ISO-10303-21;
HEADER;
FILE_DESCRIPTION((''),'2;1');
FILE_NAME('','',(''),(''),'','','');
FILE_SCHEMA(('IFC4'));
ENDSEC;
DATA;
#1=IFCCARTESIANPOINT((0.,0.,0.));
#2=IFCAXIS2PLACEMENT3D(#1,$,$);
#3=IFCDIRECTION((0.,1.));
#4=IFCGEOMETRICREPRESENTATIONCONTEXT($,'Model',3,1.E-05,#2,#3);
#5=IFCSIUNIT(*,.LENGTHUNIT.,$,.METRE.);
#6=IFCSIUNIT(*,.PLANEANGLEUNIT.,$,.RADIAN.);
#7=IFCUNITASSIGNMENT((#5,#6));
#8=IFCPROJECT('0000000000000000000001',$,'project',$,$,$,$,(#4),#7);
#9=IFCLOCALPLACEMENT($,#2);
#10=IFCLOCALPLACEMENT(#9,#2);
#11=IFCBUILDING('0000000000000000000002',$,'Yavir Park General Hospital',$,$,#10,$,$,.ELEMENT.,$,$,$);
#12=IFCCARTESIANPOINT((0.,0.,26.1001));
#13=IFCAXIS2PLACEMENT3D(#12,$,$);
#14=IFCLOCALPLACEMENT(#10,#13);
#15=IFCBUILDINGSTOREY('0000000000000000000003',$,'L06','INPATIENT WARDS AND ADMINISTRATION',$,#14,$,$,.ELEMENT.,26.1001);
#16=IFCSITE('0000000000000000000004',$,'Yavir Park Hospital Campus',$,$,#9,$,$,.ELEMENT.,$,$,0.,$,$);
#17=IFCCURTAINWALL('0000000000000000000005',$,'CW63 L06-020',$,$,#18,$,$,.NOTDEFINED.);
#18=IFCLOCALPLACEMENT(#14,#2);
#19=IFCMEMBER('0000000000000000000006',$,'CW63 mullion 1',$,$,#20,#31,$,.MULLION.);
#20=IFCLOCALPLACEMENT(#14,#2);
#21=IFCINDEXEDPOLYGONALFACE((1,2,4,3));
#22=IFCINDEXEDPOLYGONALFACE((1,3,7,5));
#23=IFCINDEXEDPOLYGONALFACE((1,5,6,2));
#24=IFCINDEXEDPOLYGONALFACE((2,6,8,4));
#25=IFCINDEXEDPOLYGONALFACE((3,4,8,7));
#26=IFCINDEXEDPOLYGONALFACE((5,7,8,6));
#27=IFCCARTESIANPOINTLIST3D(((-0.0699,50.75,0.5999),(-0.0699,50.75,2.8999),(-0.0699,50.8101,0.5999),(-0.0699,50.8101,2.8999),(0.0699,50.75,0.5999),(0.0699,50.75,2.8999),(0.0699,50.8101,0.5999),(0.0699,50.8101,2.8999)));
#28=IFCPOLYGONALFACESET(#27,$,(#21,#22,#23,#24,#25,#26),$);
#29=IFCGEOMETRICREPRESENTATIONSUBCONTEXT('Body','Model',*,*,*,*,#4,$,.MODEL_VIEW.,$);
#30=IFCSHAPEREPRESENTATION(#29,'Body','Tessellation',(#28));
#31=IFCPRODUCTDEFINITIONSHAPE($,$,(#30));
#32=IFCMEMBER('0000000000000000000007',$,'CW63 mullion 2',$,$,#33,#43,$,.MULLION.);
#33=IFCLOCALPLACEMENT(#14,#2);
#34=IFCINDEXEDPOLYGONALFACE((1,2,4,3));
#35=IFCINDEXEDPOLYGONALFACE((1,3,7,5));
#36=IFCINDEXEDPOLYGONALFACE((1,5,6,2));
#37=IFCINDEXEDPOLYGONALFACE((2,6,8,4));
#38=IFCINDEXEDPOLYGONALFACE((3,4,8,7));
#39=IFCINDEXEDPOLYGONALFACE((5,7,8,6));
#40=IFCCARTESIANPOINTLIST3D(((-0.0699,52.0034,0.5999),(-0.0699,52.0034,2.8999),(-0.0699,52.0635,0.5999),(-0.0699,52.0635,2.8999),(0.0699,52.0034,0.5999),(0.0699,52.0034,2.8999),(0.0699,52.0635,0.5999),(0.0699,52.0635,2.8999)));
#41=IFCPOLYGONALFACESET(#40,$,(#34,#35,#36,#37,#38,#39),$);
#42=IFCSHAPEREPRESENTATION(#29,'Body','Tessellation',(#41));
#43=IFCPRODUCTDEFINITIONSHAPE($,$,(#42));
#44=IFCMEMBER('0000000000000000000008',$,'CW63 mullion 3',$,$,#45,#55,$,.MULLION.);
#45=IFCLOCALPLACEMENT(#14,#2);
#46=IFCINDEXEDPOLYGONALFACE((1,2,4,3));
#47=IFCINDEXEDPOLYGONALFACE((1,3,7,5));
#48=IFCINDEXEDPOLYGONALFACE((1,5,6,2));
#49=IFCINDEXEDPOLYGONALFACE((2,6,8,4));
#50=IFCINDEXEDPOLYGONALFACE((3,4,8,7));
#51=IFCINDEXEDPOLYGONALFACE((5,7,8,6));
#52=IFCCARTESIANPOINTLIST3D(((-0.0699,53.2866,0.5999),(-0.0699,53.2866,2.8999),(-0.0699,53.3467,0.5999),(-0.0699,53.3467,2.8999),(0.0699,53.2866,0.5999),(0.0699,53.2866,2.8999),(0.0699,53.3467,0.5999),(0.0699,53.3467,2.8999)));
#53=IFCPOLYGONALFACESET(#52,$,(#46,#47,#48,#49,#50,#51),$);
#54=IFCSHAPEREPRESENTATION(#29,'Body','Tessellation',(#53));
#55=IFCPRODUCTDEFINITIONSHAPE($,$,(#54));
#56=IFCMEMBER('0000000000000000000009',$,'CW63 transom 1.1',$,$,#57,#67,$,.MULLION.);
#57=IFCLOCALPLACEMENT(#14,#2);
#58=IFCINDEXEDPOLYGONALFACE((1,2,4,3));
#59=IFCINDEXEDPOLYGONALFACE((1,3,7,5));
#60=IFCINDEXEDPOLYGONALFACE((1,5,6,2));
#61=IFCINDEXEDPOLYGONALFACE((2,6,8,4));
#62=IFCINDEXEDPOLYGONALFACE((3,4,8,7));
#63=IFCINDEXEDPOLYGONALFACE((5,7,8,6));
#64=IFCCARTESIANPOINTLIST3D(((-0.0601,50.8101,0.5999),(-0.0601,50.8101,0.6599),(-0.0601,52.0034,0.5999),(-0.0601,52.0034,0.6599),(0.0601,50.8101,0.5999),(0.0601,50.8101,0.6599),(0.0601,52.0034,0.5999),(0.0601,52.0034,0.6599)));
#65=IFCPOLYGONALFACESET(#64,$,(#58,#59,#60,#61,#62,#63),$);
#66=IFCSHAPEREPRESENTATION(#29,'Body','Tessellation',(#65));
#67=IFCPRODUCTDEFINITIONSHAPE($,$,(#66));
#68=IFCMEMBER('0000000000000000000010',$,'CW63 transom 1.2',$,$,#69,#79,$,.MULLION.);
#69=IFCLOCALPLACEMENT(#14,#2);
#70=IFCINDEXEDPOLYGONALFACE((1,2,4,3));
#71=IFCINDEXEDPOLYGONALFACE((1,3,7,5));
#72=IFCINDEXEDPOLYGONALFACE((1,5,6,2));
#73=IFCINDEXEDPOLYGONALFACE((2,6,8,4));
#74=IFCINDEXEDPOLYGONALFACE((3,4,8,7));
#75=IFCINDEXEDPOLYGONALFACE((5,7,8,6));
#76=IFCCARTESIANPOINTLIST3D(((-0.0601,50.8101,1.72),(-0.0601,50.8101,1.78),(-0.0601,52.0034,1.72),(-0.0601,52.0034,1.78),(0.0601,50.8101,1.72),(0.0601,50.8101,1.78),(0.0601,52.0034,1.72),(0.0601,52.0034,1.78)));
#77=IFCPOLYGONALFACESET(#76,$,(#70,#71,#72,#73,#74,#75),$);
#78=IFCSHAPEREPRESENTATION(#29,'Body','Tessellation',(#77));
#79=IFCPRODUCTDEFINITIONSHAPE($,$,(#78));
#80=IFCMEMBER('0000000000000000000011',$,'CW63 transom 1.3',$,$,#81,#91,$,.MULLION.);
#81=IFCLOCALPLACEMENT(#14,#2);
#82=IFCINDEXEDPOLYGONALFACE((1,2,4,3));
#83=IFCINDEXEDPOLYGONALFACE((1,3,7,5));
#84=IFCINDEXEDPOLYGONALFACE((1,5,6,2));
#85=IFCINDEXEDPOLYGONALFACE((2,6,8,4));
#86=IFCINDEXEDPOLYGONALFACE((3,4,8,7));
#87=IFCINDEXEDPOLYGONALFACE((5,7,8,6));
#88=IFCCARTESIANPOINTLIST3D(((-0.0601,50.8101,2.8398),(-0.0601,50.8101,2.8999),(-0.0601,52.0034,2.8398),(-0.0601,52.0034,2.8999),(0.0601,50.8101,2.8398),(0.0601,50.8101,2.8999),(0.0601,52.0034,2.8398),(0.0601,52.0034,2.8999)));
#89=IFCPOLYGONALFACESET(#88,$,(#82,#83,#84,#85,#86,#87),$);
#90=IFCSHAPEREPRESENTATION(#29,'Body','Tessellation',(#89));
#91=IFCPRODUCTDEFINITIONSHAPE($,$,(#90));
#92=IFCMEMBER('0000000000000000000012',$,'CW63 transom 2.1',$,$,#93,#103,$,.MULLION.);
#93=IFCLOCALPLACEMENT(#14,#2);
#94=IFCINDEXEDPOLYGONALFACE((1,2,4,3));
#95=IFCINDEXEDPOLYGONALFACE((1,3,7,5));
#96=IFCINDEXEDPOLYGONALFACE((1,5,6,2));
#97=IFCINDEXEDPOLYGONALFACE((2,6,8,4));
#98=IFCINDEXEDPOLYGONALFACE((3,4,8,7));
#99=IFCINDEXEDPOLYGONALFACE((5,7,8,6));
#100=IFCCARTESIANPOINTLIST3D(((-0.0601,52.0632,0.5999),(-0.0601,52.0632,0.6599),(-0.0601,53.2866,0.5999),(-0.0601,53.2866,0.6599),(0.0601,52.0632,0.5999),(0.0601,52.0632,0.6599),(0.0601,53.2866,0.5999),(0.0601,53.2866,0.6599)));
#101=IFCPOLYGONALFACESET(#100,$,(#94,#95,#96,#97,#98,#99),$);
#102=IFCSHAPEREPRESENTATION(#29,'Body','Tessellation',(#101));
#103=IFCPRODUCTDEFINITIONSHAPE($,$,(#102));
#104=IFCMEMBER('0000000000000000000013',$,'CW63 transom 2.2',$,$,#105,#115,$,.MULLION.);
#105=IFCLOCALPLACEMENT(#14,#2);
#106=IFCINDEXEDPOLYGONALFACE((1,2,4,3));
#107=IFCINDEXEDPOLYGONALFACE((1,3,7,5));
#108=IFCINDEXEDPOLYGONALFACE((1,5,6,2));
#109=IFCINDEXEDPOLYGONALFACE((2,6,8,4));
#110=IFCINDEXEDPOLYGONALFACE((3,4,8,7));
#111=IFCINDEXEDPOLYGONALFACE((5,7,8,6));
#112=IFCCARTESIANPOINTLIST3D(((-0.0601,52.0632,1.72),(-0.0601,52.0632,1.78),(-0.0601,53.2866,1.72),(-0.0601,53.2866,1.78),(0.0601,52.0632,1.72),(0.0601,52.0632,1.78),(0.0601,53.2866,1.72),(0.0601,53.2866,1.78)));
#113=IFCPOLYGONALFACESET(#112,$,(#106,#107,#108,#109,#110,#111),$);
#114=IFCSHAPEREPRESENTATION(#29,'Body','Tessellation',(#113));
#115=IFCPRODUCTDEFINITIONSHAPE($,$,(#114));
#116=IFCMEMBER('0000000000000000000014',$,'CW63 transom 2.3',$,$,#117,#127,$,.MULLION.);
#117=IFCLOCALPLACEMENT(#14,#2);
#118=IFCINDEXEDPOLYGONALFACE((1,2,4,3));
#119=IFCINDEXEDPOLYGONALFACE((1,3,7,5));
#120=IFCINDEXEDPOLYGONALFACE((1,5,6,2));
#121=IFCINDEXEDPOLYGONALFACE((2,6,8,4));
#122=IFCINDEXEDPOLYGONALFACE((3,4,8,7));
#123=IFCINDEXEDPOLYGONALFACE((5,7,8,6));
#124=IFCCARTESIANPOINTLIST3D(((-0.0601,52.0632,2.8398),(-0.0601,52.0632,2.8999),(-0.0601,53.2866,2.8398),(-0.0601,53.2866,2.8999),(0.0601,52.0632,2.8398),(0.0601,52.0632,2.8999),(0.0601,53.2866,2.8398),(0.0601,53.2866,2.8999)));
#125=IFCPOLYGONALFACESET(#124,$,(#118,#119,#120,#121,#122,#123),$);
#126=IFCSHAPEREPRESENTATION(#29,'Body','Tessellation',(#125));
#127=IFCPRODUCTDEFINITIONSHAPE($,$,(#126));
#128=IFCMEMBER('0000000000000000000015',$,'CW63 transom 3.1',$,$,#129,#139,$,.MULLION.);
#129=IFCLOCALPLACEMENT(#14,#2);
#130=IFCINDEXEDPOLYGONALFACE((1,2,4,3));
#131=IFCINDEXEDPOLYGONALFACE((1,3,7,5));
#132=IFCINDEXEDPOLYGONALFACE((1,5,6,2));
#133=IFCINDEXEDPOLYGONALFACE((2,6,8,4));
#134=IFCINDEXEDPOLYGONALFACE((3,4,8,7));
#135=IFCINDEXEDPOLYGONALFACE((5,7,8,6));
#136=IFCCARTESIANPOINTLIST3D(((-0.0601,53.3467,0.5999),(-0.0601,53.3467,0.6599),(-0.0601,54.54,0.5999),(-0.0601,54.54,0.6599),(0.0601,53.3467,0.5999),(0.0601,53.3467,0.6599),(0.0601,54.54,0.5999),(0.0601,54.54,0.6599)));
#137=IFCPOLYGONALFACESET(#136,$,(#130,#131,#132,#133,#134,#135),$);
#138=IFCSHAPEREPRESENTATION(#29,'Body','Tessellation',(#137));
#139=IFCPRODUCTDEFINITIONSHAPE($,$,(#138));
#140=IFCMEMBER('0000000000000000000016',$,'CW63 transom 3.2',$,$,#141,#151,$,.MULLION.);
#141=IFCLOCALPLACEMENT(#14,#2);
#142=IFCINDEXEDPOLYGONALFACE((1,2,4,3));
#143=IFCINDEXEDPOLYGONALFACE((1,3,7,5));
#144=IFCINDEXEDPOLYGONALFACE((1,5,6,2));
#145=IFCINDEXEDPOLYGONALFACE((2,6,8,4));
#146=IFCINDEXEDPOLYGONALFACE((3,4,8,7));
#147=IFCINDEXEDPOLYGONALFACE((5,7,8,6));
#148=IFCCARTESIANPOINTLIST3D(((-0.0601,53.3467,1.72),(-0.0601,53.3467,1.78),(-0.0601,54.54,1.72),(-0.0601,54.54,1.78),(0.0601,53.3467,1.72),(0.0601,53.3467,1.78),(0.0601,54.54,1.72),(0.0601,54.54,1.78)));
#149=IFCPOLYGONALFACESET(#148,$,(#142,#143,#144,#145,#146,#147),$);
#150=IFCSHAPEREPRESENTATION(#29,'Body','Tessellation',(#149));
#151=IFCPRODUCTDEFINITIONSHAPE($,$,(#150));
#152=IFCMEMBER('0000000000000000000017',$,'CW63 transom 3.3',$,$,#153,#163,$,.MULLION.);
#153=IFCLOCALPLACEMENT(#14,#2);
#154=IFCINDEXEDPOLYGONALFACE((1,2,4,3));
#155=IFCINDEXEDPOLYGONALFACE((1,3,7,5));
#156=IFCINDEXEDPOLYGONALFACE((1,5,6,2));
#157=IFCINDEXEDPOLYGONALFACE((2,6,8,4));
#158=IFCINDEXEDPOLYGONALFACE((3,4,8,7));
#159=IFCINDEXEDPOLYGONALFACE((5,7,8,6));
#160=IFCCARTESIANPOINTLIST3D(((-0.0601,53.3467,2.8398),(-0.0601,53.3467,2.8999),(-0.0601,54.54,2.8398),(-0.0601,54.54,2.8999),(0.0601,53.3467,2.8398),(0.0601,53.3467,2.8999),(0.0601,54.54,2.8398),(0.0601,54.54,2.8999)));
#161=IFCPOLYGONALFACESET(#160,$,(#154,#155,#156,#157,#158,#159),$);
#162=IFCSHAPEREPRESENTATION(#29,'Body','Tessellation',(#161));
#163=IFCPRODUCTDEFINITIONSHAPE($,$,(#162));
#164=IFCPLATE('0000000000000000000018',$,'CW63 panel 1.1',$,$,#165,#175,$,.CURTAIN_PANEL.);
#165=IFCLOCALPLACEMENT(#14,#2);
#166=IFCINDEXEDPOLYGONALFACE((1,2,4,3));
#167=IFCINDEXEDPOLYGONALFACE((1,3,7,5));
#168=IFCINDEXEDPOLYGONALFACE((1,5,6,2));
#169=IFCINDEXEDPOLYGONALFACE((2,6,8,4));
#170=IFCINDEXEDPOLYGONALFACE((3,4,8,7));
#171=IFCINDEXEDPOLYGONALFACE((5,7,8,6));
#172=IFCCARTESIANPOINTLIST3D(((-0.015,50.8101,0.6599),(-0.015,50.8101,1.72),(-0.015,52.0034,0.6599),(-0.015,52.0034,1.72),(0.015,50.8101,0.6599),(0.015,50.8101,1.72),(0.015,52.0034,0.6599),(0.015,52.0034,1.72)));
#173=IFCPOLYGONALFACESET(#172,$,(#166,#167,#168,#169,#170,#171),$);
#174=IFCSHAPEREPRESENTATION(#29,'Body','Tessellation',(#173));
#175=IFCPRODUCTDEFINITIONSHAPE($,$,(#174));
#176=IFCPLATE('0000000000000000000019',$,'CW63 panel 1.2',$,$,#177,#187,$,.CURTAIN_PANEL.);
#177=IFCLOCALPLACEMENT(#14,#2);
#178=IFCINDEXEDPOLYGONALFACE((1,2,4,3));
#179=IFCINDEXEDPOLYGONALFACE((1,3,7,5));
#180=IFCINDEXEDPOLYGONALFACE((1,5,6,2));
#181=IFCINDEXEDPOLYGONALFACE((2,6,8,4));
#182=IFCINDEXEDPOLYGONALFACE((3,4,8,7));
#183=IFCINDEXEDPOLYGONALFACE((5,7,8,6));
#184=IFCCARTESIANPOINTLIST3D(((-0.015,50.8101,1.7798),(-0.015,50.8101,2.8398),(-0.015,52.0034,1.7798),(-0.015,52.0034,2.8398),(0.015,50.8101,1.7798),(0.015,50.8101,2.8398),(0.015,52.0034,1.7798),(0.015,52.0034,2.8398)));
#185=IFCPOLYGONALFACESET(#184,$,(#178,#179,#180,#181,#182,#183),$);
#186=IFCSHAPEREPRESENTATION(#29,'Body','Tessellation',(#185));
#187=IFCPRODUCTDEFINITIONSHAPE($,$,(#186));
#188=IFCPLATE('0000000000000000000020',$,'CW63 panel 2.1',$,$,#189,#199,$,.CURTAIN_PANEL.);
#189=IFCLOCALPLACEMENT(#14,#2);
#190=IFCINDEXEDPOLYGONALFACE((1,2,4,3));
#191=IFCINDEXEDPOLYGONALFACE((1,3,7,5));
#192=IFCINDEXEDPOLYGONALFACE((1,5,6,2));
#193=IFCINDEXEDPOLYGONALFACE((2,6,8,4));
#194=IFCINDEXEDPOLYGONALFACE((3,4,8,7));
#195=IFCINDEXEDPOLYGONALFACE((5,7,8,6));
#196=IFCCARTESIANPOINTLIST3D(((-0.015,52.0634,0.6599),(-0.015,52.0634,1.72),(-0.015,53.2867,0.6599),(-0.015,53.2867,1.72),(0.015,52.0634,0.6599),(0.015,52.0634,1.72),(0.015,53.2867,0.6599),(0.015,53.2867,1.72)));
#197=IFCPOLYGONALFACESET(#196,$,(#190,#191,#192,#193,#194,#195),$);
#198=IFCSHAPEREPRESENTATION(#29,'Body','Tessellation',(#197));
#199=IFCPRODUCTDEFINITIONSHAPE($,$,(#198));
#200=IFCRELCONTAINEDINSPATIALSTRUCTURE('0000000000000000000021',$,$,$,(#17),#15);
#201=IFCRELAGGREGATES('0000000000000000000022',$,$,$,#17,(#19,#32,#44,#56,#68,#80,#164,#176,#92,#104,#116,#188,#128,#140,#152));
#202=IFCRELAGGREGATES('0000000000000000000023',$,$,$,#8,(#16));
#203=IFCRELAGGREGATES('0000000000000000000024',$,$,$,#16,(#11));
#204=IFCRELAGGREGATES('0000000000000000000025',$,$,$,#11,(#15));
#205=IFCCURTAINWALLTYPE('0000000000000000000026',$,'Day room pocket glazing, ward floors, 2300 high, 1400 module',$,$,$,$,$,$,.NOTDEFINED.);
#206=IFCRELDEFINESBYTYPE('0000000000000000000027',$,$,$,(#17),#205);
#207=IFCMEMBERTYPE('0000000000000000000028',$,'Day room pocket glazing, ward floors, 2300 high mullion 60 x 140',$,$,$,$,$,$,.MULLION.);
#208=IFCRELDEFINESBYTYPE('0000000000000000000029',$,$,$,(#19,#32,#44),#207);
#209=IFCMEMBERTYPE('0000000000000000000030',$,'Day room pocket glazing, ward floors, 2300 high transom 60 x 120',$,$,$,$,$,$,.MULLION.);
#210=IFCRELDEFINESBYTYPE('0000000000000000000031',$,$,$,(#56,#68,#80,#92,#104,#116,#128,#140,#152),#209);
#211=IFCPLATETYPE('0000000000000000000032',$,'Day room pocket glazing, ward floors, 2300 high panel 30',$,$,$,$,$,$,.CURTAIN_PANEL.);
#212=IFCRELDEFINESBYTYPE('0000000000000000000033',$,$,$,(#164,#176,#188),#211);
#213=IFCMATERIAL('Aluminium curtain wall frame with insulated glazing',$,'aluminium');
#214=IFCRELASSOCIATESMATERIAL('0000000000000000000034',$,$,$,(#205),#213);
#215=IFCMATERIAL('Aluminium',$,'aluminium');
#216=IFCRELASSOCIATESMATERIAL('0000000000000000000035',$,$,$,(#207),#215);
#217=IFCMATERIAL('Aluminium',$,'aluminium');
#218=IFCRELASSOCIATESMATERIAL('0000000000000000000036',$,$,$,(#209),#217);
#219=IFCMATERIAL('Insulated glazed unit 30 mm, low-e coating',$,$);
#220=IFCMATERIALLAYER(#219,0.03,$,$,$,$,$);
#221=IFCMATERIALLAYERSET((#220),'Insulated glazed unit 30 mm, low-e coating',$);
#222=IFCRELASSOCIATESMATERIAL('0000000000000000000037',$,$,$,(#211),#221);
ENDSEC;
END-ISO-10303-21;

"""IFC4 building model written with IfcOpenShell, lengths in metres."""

from ifc_helpers import new_model, si_unit, direction, frame, origin, origin_2d, place, context, subcontext, project, spatial, rectangle, extrude, material, layer, layer_set, material_profile, profile_set, type_object, element, aggregate, save


model = new_model("IFC4")

# Units and contexts
model_context = context("Model", 3, precision=1e-05, world=origin(), true_north=direction((0.0, 1.0)))
body_context = subcontext(model_context, "Body", "Model", "MODEL_VIEW")
ifc_project = project(units=[si_unit("LENGTHUNIT", "METRE"), si_unit("PLANEANGLEUNIT", "RADIAN")], contexts=[model_context])

# Site, building, storey
site_placement = place(None, origin())
site = spatial("IfcSite", under=ifc_project, at=site_placement, Name="Yavir Park Hospital Campus", CompositionType="ELEMENT", RefElevation=0.0)
building_placement = place(site_placement, origin())
building = spatial("IfcBuilding", under=site, at=building_placement, Name="Yavir Park General Hospital", CompositionType="ELEMENT")
storey_placement = place(building_placement, frame((0.0, 0.0, 26.1001)))
storey = spatial("IfcBuildingStorey", under=building, at=storey_placement, Name="L06", Description="INPATIENT WARDS AND ADMINISTRATION", CompositionType="ELEMENT", Elevation=26.1001)

# Curtain wall, members, plates
ifc_material_1 = material(Name="Aluminium curtain wall frame with insulated glazing", Category="aluminium")
curtain_wall_type = type_object("IfcCurtainWallType", Name="Day room pocket glazing, ward floors, 2300 high, 1400 module", PredefinedType="NOTDEFINED", material=ifc_material_1)
curtain_wall_placement = place(storey_placement, origin())
curtain_wall = element("IfcCurtainWall", 1, at=curtain_wall_placement, inside=storey, type_object=curtain_wall_type, Name="CW63 L06-020", PredefinedType="NOTDEFINED")
ifc_material_2 = material(Name="Aluminium", Category="aluminium")
ifc_material_profile_1 = material_profile(ifc_material_2, rectangle(XDim=0.1399, YDim=0.0601, at=origin_2d()), Name="AL 60x140")
ifc_profile_set_1 = profile_set([ifc_material_profile_1], Name="Aluminium")
member_type_1 = type_object("IfcMemberType", Name="Day room pocket glazing, ward floors, 2300 high mullion 60 x 140", PredefinedType="MULLION", material=ifc_profile_set_1)
member_1_placement = place(storey_placement, frame((0.0, 50.78, 0.5999), z_axis=(0.0, 0.0, 1.0), x_axis=(-1.0, 0.0, 0.0)))
member_1 = element("IfcMember", 2, at=member_1_placement, type_object=member_type_1, Name="CW63 mullion 1", PredefinedType="MULLION", context=body_context, shape_type="SweptSolid", body=[
    extrude(rectangle(XDim=0.1399, YDim=0.0601, at=origin_2d()), origin(), (0.0, 0.0, 1.0), 2.3),
])
member_2_placement = place(storey_placement, frame((0.0, 52.0334, 0.5999), z_axis=(0.0, 0.0, 1.0), x_axis=(-1.0, 0.0, 0.0)))
member_2 = element("IfcMember", 3, at=member_2_placement, type_object=member_type_1, Name="CW63 mullion 2", PredefinedType="MULLION", context=body_context, shape_type="SweptSolid", body=[
    extrude(rectangle(XDim=0.1399, YDim=0.0601, at=origin_2d()), origin(), (0.0, 0.0, 1.0), 2.3),
])
member_3_placement = place(storey_placement, frame((0.0, 53.3167, 0.5999), z_axis=(0.0, 0.0, 1.0), x_axis=(-1.0, 0.0, 0.0)))
member_3 = element("IfcMember", 4, at=member_3_placement, type_object=member_type_1, Name="CW63 mullion 3", PredefinedType="MULLION", context=body_context, shape_type="SweptSolid", body=[
    extrude(rectangle(XDim=0.1399, YDim=0.0601, at=origin_2d()), origin(), (0.0, 0.0, 1.0), 2.3),
])
ifc_material_3 = material(Name="Aluminium", Category="aluminium")
ifc_material_profile_2 = material_profile(ifc_material_3, rectangle(XDim=0.1201, YDim=0.0601, at=origin_2d()), Name="AL 120x60")
ifc_profile_set_2 = profile_set([ifc_material_profile_2], Name="Aluminium")
member_type_2 = type_object("IfcMemberType", Name="Day room pocket glazing, ward floors, 2300 high transom 60 x 120", PredefinedType="MULLION", material=ifc_profile_set_2)
member_4_placement = place(storey_placement, frame((0.0, 50.8101, 0.6299), z_axis=(0.0, 1.0, 0.0), x_axis=(-1.0, 0.0, 0.0)))
member_4 = element("IfcMember", 5, at=member_4_placement, type_object=member_type_2, Name="CW63 transom 1.1", PredefinedType="MULLION", context=body_context, shape_type="SweptSolid", body=[
    extrude(rectangle(XDim=0.1201, YDim=0.0601, at=origin_2d()), origin(), (0.0, 0.0, 1.0), 1.1934),
])
member_5_placement = place(storey_placement, frame((0.0, 50.8101, 1.75), z_axis=(0.0, 1.0, 0.0), x_axis=(-1.0, 0.0, 0.0)))
member_5 = element("IfcMember", 6, at=member_5_placement, type_object=member_type_2, Name="CW63 transom 1.2", PredefinedType="MULLION", context=body_context, shape_type="SweptSolid", body=[
    extrude(rectangle(XDim=0.1201, YDim=0.0601, at=origin_2d()), origin(), (0.0, 0.0, 1.0), 1.1934),
])
member_6_placement = place(storey_placement, frame((0.0, 50.8101, 2.8699), z_axis=(0.0, 1.0, 0.0), x_axis=(-1.0, 0.0, 0.0)))
member_6 = element("IfcMember", 7, at=member_6_placement, type_object=member_type_2, Name="CW63 transom 1.3", PredefinedType="MULLION", context=body_context, shape_type="SweptSolid", body=[
    extrude(rectangle(XDim=0.1201, YDim=0.0601, at=origin_2d()), origin(), (0.0, 0.0, 1.0), 1.1934),
])
member_7_placement = place(storey_placement, frame((0.0, 52.0632, 0.6299), z_axis=(0.0, 1.0, 0.0), x_axis=(-1.0, 0.0, 0.0)))
member_7 = element("IfcMember", 8, at=member_7_placement, type_object=member_type_2, Name="CW63 transom 2.1", PredefinedType="MULLION", context=body_context, shape_type="SweptSolid", body=[
    extrude(rectangle(XDim=0.1201, YDim=0.0601, at=origin_2d()), origin(), (0.0, 0.0, 1.0), 1.2234),
])
member_8_placement = place(storey_placement, frame((0.0, 52.0632, 1.75), z_axis=(0.0, 1.0, 0.0), x_axis=(-1.0, 0.0, 0.0)))
member_8 = element("IfcMember", 9, at=member_8_placement, type_object=member_type_2, Name="CW63 transom 2.2", PredefinedType="MULLION", context=body_context, shape_type="SweptSolid", body=[
    extrude(rectangle(XDim=0.1201, YDim=0.0601, at=origin_2d()), origin(), (0.0, 0.0, 1.0), 1.2234),
])
member_9_placement = place(storey_placement, frame((0.0, 52.0632, 2.8699), z_axis=(0.0, 1.0, 0.0), x_axis=(-1.0, 0.0, 0.0)))
member_9 = element("IfcMember", 10, at=member_9_placement, type_object=member_type_2, Name="CW63 transom 2.3", PredefinedType="MULLION", context=body_context, shape_type="SweptSolid", body=[
    extrude(rectangle(XDim=0.1201, YDim=0.0601, at=origin_2d()), origin(), (0.0, 0.0, 1.0), 1.2234),
])
member_10_placement = place(storey_placement, frame((0.0, 53.3467, 0.6299), z_axis=(0.0, 1.0, 0.0), x_axis=(-1.0, 0.0, 0.0)))
member_10 = element("IfcMember", 11, at=member_10_placement, type_object=member_type_2, Name="CW63 transom 3.1", PredefinedType="MULLION", context=body_context, shape_type="SweptSolid", body=[
    extrude(rectangle(XDim=0.1201, YDim=0.0601, at=origin_2d()), origin(), (0.0, 0.0, 1.0), 1.1934),
])
member_11_placement = place(storey_placement, frame((0.0, 53.3467, 1.75), z_axis=(0.0, 1.0, 0.0), x_axis=(-1.0, 0.0, 0.0)))
member_11 = element("IfcMember", 12, at=member_11_placement, type_object=member_type_2, Name="CW63 transom 3.2", PredefinedType="MULLION", context=body_context, shape_type="SweptSolid", body=[
    extrude(rectangle(XDim=0.1201, YDim=0.0601, at=origin_2d()), origin(), (0.0, 0.0, 1.0), 1.1934),
])
member_12_placement = place(storey_placement, frame((0.0, 53.3467, 2.8699), z_axis=(0.0, 1.0, 0.0), x_axis=(-1.0, 0.0, 0.0)))
member_12 = element("IfcMember", 13, at=member_12_placement, type_object=member_type_2, Name="CW63 transom 3.3", PredefinedType="MULLION", context=body_context, shape_type="SweptSolid", body=[
    extrude(rectangle(XDim=0.1201, YDim=0.0601, at=origin_2d()), origin(), (0.0, 0.0, 1.0), 1.1934),
])
ifc_material_4 = material(Name="Insulated glazed unit 30 mm, low-e coating")
ifc_layer_1 = layer(ifc_material_4, 0.03)
ifc_layer_set_1 = layer_set([ifc_layer_1], Name="Insulated glazed unit 30 mm, low-e coating")
plate_type = type_object("IfcPlateType", Name="Day room pocket glazing, ward floors, 2300 high panel 30", PredefinedType="CURTAIN_PANEL", material=ifc_layer_set_1)
plate_1_placement = place(storey_placement, frame((0.0, 51.4067, 0.6599), z_axis=(0.0, 0.0, 1.0), x_axis=(0.0, 1.0, 0.0)))
plate_1 = element("IfcPlate", 14, at=plate_1_placement, type_object=plate_type, Name="CW63 panel 1.1", PredefinedType="CURTAIN_PANEL", context=body_context, shape_type="SweptSolid", body=[
    extrude(rectangle(XDim=1.1934, YDim=0.03, at=origin_2d()), origin(), (0.0, 0.0, 1.0), 1.0601),
])
plate_2_placement = place(storey_placement, frame((0.0, 51.4067, 1.7798), z_axis=(0.0, 0.0, 1.0), x_axis=(0.0, 1.0, 0.0)))
plate_2 = element("IfcPlate", 15, at=plate_2_placement, type_object=plate_type, Name="CW63 panel 1.2", PredefinedType="CURTAIN_PANEL", context=body_context, shape_type="SweptSolid", body=[
    extrude(rectangle(XDim=1.1934, YDim=0.03, at=origin_2d()), origin(), (0.0, 0.0, 1.0), 1.0601),
])
plate_3_placement = place(storey_placement, frame((0.0, 52.675, 0.6599), z_axis=(0.0, 0.0, 1.0), x_axis=(0.0, 1.0, 0.0)))
plate_3 = element("IfcPlate", 16, at=plate_3_placement, type_object=plate_type, Name="CW63 panel 2.1", PredefinedType="CURTAIN_PANEL", context=body_context, shape_type="SweptSolid", body=[
    extrude(rectangle(XDim=1.2234, YDim=0.03, at=origin_2d()), origin(), (0.0, 0.0, 1.0), 1.0601),
])
aggregate(curtain_wall, [member_1, member_2, member_3, member_4, member_5, member_6, plate_1, plate_2, member_7, member_8, member_9, plate_3, member_10, member_11, member_12])

save(model, "model.ifc")
